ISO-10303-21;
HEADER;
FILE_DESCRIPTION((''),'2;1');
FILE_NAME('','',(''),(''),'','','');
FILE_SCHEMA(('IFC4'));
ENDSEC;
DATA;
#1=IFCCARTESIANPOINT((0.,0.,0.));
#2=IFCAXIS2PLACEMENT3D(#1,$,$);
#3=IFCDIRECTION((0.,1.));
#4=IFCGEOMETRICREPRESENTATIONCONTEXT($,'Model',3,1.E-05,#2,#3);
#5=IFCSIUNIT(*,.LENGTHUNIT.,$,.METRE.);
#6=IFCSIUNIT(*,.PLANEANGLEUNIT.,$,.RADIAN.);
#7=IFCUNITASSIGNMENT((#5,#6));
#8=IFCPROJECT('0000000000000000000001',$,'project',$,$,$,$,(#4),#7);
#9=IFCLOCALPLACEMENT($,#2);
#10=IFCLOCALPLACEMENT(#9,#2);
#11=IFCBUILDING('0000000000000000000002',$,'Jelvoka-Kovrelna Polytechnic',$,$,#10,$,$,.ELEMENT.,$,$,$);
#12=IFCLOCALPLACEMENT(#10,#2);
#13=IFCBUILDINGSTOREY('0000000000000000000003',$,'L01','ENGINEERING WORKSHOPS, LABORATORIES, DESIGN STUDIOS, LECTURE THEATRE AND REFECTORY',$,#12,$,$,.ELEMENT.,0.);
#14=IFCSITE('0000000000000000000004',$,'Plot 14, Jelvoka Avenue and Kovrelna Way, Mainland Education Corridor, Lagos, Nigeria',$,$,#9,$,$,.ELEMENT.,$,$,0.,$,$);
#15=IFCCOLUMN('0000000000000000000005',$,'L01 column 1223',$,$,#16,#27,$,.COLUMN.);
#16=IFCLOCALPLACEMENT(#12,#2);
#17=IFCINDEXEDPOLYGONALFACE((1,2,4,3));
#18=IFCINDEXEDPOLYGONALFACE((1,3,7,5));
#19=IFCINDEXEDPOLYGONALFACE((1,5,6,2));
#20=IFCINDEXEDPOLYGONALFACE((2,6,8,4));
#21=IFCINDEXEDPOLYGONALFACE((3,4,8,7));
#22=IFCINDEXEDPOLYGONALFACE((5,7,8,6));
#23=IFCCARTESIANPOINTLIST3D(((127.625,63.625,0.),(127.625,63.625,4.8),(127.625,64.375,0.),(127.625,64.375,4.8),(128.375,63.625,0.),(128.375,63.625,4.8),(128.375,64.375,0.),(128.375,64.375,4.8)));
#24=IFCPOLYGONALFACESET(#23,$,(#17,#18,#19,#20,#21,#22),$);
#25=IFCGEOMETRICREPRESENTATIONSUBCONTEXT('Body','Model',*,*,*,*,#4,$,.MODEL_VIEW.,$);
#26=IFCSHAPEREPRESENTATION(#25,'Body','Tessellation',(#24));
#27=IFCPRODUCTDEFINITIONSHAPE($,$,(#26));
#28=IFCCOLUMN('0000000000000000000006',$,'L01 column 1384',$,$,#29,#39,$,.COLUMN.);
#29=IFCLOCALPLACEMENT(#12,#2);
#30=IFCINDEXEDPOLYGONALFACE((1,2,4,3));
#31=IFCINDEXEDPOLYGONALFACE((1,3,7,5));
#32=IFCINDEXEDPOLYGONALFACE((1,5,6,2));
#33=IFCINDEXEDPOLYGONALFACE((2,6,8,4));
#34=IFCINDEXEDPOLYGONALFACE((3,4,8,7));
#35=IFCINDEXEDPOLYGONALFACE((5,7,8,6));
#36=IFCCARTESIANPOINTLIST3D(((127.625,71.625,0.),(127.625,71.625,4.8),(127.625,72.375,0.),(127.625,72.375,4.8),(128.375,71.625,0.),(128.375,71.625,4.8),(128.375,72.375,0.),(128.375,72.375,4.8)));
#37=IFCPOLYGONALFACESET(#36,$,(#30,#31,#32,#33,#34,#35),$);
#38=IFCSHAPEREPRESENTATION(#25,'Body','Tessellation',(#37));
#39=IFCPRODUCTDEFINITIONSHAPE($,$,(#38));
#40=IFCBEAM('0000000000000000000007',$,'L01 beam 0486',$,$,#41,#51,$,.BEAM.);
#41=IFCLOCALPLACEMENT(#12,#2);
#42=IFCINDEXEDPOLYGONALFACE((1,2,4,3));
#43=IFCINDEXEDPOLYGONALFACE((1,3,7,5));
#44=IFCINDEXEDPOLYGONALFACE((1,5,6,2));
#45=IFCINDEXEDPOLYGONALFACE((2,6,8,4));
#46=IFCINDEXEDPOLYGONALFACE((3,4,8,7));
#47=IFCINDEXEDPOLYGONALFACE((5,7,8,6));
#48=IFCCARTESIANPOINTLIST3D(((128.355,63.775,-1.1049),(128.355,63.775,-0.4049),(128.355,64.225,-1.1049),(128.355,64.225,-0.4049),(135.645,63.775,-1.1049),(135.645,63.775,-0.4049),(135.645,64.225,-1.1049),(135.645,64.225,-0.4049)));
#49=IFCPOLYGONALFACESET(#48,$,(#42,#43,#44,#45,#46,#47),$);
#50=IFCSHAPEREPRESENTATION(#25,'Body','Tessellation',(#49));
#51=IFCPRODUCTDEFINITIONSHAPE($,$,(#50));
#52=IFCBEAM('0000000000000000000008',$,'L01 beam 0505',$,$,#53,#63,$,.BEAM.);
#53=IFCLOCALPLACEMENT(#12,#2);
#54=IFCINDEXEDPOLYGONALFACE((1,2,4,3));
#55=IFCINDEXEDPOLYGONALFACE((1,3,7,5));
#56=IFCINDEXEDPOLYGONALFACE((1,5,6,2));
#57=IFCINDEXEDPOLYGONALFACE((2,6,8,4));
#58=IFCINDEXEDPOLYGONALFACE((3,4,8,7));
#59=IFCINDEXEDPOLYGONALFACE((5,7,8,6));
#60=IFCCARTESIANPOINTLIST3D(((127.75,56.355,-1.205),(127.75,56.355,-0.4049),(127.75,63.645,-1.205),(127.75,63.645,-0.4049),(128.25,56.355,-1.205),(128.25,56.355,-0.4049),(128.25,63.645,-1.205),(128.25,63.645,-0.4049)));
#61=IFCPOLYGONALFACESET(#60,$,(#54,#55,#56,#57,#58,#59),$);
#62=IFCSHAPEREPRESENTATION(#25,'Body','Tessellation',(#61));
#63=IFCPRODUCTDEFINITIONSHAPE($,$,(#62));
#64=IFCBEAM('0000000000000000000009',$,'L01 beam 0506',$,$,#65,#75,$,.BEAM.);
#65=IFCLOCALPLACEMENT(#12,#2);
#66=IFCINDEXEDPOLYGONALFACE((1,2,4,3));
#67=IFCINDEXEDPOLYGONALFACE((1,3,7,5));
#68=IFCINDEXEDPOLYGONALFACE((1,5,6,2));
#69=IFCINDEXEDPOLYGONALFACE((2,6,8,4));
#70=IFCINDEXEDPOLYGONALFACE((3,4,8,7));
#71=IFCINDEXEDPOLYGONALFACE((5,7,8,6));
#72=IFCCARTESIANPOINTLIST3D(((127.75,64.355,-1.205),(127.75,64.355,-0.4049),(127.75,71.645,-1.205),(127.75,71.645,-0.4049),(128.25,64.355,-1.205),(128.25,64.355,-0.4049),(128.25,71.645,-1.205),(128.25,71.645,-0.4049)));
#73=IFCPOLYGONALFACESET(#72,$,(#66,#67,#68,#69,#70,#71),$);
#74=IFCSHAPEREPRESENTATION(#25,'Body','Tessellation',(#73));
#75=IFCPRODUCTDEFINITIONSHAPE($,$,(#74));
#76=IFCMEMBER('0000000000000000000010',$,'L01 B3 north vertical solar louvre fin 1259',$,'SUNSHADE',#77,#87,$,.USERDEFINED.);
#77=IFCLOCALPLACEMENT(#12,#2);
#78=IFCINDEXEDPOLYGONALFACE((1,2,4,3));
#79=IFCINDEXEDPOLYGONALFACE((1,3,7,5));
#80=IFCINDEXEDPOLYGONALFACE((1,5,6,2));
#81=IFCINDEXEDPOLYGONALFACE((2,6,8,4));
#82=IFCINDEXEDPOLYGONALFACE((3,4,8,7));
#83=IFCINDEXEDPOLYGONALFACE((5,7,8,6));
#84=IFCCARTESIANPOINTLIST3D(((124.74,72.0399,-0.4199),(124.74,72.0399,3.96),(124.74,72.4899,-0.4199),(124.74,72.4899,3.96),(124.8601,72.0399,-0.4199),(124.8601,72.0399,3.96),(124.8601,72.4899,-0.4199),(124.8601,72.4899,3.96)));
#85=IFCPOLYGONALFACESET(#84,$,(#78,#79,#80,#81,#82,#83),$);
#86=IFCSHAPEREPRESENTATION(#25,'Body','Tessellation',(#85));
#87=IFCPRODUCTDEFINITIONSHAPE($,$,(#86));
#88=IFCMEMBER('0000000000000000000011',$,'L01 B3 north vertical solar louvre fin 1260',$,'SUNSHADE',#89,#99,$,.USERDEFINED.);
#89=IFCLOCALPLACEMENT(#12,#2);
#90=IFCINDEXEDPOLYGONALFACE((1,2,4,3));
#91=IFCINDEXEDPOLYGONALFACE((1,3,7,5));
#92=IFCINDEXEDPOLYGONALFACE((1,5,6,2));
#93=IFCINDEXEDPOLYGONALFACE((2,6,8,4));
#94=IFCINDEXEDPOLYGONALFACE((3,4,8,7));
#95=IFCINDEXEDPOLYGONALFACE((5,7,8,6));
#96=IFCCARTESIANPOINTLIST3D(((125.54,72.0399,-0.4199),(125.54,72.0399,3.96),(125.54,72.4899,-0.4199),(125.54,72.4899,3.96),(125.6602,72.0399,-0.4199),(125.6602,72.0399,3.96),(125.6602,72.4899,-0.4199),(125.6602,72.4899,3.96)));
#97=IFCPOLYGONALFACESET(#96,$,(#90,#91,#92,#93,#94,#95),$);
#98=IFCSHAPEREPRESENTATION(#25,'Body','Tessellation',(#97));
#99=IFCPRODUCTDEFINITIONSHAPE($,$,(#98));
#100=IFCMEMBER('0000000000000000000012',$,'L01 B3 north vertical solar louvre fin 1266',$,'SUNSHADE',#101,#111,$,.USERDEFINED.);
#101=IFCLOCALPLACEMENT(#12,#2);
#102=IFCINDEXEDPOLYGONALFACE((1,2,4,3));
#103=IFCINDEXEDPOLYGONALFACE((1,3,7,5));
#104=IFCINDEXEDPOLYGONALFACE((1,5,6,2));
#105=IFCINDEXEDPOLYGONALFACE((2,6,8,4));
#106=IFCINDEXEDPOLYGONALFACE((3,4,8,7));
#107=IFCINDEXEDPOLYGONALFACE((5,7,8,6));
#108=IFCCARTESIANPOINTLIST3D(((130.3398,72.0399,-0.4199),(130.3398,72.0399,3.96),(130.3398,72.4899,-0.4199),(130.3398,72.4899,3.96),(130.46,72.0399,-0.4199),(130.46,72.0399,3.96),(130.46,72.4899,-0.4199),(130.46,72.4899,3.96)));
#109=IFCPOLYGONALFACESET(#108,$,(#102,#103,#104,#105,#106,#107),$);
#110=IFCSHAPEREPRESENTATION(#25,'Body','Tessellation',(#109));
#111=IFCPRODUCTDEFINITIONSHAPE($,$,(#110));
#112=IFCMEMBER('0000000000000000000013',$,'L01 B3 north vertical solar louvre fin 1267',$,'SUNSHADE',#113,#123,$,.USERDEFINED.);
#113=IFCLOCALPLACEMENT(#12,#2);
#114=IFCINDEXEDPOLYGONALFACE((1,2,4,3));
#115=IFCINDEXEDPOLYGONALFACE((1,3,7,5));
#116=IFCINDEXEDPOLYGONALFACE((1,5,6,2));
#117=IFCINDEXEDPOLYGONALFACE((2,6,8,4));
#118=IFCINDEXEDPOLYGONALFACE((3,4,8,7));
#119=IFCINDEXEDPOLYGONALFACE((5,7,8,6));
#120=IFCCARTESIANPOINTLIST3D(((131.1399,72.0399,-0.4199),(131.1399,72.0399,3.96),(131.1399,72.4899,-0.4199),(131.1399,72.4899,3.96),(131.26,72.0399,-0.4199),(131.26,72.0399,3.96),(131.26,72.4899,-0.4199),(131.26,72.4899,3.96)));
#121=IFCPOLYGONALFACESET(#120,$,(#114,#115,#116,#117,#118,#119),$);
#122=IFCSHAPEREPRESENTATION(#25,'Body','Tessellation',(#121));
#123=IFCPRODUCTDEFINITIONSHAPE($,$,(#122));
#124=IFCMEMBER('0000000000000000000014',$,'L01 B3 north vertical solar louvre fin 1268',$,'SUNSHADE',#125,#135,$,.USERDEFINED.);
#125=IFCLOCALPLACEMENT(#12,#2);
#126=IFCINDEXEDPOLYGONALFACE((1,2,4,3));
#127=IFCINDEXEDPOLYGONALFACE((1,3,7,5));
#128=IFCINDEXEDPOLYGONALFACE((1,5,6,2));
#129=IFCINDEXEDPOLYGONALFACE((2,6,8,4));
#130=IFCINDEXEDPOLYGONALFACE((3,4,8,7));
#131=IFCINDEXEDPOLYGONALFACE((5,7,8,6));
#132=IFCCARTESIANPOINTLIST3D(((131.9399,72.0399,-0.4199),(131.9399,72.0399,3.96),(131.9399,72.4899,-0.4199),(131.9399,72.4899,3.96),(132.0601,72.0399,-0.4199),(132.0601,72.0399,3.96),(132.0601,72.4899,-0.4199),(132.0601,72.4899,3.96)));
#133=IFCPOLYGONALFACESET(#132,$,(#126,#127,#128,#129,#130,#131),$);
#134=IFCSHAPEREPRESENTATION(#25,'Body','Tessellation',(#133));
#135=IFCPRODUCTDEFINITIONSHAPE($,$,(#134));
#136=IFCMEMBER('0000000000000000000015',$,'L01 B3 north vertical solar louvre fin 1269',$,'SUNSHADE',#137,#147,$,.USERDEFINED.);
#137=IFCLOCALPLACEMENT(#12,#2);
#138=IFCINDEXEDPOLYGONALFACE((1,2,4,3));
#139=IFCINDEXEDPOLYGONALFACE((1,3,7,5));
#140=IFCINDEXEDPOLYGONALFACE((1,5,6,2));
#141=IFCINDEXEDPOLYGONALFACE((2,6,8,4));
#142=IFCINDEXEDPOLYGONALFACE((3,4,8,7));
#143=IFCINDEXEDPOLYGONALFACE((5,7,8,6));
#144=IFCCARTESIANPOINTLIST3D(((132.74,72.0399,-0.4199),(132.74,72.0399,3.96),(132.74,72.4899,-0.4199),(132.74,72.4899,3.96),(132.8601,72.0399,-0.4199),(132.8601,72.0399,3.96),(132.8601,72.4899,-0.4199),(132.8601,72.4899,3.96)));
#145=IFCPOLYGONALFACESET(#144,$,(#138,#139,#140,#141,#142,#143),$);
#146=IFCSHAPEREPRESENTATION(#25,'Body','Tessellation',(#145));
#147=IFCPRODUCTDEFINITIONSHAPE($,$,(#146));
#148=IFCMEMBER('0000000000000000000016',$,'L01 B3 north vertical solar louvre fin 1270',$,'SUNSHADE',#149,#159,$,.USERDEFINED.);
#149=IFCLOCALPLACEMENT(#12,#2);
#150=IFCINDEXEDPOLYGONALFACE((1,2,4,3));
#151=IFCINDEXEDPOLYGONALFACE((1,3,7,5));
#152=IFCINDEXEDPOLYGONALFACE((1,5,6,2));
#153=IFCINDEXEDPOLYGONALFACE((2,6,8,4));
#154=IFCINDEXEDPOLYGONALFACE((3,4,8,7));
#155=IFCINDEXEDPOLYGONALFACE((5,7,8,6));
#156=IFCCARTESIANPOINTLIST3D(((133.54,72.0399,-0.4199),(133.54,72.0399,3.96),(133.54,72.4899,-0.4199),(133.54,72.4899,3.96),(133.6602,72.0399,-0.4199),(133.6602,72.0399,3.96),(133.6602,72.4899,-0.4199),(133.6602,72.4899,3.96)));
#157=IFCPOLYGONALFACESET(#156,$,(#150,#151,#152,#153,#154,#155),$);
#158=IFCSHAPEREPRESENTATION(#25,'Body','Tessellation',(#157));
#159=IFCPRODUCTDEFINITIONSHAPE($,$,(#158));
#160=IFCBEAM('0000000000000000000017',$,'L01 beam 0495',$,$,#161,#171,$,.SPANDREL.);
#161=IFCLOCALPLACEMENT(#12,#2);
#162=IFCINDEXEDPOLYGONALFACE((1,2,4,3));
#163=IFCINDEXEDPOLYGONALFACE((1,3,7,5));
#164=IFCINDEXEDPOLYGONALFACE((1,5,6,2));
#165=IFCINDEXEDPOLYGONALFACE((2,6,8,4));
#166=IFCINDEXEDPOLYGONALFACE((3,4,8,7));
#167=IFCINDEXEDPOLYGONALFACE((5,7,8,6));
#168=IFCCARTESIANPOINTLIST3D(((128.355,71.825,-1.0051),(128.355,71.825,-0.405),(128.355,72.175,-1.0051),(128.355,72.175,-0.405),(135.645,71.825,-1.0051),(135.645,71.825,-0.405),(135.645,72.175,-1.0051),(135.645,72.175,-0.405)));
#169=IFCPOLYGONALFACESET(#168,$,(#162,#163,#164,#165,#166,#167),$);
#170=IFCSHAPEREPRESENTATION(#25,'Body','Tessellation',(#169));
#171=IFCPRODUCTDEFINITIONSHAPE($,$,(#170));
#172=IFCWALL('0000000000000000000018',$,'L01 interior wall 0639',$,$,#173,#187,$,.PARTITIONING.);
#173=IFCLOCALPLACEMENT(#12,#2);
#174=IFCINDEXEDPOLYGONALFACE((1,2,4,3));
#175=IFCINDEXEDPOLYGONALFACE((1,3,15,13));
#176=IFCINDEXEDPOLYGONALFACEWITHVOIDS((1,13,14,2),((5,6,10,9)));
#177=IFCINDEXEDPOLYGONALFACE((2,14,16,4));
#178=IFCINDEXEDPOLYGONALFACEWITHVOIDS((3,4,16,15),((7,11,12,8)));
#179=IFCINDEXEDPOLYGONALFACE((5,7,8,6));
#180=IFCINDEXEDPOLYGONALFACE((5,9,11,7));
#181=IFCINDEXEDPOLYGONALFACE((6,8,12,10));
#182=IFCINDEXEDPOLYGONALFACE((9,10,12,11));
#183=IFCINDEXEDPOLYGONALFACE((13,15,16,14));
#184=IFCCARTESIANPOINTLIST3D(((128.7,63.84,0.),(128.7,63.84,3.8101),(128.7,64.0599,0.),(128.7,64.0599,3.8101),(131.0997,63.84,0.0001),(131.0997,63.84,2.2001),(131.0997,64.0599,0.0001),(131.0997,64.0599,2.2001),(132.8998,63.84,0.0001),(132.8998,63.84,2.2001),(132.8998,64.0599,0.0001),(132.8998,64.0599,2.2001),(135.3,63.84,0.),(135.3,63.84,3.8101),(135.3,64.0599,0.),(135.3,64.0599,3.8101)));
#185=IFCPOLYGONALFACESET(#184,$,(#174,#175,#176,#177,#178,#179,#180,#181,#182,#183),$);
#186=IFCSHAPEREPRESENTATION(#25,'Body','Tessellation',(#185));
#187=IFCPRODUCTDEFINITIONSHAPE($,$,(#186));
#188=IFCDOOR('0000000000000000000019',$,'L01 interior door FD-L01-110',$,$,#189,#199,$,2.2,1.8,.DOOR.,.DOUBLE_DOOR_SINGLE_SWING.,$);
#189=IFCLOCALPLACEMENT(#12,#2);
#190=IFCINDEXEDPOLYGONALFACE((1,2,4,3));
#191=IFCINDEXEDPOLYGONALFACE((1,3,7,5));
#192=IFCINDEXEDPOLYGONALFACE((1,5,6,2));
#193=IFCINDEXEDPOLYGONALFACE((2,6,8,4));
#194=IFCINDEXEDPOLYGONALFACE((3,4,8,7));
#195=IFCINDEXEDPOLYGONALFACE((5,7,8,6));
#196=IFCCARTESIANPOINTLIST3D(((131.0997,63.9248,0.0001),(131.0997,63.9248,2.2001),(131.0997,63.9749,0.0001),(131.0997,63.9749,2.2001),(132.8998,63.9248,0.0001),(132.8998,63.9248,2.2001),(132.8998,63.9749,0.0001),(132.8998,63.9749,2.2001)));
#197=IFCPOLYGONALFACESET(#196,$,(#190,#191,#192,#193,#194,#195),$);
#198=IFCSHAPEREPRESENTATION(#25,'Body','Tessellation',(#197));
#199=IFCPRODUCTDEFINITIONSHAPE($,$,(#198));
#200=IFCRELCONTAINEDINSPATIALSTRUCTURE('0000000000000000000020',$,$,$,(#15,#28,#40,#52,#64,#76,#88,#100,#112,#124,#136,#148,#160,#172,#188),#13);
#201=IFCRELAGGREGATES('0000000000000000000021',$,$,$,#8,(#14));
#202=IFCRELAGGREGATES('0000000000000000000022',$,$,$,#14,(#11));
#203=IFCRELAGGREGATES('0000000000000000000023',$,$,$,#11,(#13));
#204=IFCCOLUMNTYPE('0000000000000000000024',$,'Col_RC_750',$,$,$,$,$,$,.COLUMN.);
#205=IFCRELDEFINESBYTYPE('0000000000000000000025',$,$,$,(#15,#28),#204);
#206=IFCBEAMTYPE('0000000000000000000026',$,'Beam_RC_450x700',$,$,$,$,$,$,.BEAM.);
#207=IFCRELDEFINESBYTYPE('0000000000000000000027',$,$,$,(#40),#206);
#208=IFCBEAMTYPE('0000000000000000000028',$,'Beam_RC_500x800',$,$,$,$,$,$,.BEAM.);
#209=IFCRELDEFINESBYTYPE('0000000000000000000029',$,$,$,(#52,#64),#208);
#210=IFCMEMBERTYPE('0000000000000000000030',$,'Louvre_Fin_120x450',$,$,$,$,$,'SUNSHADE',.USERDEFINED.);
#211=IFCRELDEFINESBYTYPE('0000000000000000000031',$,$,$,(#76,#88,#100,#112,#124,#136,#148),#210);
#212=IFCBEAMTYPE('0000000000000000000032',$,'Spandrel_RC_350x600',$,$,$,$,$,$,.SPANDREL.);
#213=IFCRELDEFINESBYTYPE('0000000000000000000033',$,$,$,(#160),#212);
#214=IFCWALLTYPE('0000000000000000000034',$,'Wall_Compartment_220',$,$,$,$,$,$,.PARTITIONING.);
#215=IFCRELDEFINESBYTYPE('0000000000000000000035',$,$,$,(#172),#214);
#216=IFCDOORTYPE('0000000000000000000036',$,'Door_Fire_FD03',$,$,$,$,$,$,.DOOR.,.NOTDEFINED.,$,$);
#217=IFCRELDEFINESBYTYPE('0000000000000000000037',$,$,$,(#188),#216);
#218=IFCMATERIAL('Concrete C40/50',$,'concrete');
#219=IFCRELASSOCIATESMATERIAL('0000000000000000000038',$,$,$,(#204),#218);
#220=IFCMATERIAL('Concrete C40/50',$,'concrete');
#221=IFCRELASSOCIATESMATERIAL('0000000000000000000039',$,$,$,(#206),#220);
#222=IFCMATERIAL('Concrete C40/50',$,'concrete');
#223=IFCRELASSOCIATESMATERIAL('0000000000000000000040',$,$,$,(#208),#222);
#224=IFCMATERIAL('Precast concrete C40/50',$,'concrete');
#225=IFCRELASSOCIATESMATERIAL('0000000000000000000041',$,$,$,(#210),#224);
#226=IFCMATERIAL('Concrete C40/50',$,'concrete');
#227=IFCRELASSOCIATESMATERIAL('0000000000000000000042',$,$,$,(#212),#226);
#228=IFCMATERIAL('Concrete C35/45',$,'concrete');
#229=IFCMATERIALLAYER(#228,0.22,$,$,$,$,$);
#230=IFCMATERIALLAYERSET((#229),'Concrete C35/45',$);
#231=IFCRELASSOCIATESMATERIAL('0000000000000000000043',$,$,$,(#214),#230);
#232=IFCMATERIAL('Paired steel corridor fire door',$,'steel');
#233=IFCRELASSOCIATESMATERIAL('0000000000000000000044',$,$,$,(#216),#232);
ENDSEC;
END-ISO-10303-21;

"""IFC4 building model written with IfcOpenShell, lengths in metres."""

from ifc_helpers import new_model, si_unit, direction, frame, frame_2d, origin, origin_2d, place, context, subcontext, project, spatial, rectangle, extrude, material, layer, layer_set, material_profile, profile_set, type_object, element, fill, save


model = new_model("IFC4")

# Units and contexts
model_context = context("Model", 3, precision=1e-05, world=origin(), true_north=direction((0.0, 1.0)))
body_context = subcontext(model_context, "Body", "Model", "MODEL_VIEW")
ifc_project = project(units=[si_unit("LENGTHUNIT", "METRE"), si_unit("PLANEANGLEUNIT", "RADIAN")], contexts=[model_context])

# Site, building, storey
site_placement = place(None, origin())
site = spatial("IfcSite", under=ifc_project, at=site_placement, Name="Plot 14, Jelvoka Avenue and Kovrelna Way, Mainland Education Corridor, Lagos, Nigeria", CompositionType="ELEMENT", RefElevation=0.0)
building_placement = place(site_placement, origin())
building = spatial("IfcBuilding", under=site, at=building_placement, Name="Jelvoka-Kovrelna Polytechnic", CompositionType="ELEMENT")
storey_placement = place(building_placement, origin())
storey = spatial("IfcBuildingStorey", under=building, at=storey_placement, Name="L01", Description="ENGINEERING WORKSHOPS, LABORATORIES, DESIGN STUDIOS, LECTURE THEATRE AND REFECTORY", CompositionType="ELEMENT", Elevation=0.0)

# Columns
ifc_material_1 = material(Name="Concrete C40/50", Category="concrete")
ifc_material_profile_1 = material_profile(ifc_material_1, rectangle(XDim=0.75, YDim=0.75, at=origin_2d()), Name="RC 750x750")
ifc_profile_set_1 = profile_set([ifc_material_profile_1], Name="Concrete C40/50")
column_type = type_object("IfcColumnType", Name="Col_RC_750", PredefinedType="COLUMN", material=ifc_profile_set_1)
for number, where, z_axis, x_axis, name in (
    (1, (128.0, 64.0, 0.0), (0.0, 0.0, 1.0), (1.0, 0.0, 0.0), "L01 column 1223"),
    (2, (128.0, 72.0, 0.0), (0.0, 0.0, 1.0), (1.0, 0.0, 0.0), "L01 column 1384"),
):
    element("IfcColumn", number, at=place(storey_placement, frame(where, z_axis=z_axis, x_axis=x_axis)), inside=storey, type_object=column_type, Name=name, PredefinedType="COLUMN", context=body_context, shape_type="SweptSolid", body=[
        extrude(rectangle(XDim=0.75, YDim=0.75, at=origin_2d()), origin(), (0.0, 0.0, 1.0), 4.8),
    ])

# Beams
ifc_material_2 = material(Name="Concrete C40/50", Category="concrete")
ifc_material_profile_2 = material_profile(ifc_material_2, rectangle(XDim=0.45, YDim=0.7, at=origin_2d()), Name="RC 450x700")
ifc_profile_set_2 = profile_set([ifc_material_profile_2], Name="Concrete C40/50")
beam_type_1 = type_object("IfcBeamType", Name="Beam_RC_450x700", PredefinedType="BEAM", material=ifc_profile_set_2)
beam_1_placement = place(storey_placement, frame((128.355, 64.0, -0.7549), z_axis=(1.0, 0.0, 0.0), x_axis=(0.0, 1.0, 0.0)))
element("IfcBeam", 3, at=beam_1_placement, inside=storey, type_object=beam_type_1, Name="L01 beam 0486", PredefinedType="BEAM", context=body_context, shape_type="SweptSolid", body=[
    extrude(rectangle(XDim=0.45, YDim=0.7, at=origin_2d()), origin(), (0.0, 0.0, 1.0), 7.29),
])
ifc_material_3 = material(Name="Concrete C40/50", Category="concrete")
ifc_material_profile_3 = material_profile(ifc_material_3, rectangle(XDim=0.5, YDim=0.8, at=origin_2d()), Name="RC 500x800")
ifc_profile_set_3 = profile_set([ifc_material_profile_3], Name="Concrete C40/50")
beam_type_2 = type_object("IfcBeamType", Name="Beam_RC_500x800", PredefinedType="BEAM", material=ifc_profile_set_3)
for number, where, z_axis, x_axis, name in (
    (4, (128.0, 56.355, -0.8049), (0.0, 1.0, 0.0), (-1.0, 0.0, 0.0), "L01 beam 0505"),
    (5, (128.0, 64.355, -0.8049), (0.0, 1.0, 0.0), (-1.0, 0.0, 0.0), "L01 beam 0506"),
):
    element("IfcBeam", number, at=place(storey_placement, frame(where, z_axis=z_axis, x_axis=x_axis)), inside=storey, type_object=beam_type_2, Name=name, PredefinedType="BEAM", context=body_context, shape_type="SweptSolid", body=[
        extrude(rectangle(XDim=0.5, YDim=0.8, at=origin_2d()), origin(), (0.0, 0.0, 1.0), 7.29),
    ])

# Members
ifc_material_4 = material(Name="Precast concrete C40/50", Category="concrete")
ifc_material_profile_4 = material_profile(ifc_material_4, rectangle(XDim=0.1201, YDim=0.45, at=origin_2d()), Name="PC 120x450")
ifc_profile_set_4 = profile_set([ifc_material_profile_4], Name="Precast concrete C40/50")
member_type = type_object("IfcMemberType", Name="Louvre_Fin_120x450", ElementType="SUNSHADE", PredefinedType="USERDEFINED", material=ifc_profile_set_4)
for number, where, z_axis, x_axis, name in (
    (6, (124.8, 72.2649, -0.4199), (0.0, 0.0, 1.0), (1.0, 0.0, 0.0), "L01 B3 north vertical solar louvre fin 1259"),
    (7, (125.6001, 72.2649, -0.4199), (0.0, 0.0, 1.0), (1.0, 0.0, 0.0), "L01 B3 north vertical solar louvre fin 1260"),
    (8, (130.3999, 72.2649, -0.4199), (0.0, 0.0, 1.0), (1.0, 0.0, 0.0), "L01 B3 north vertical solar louvre fin 1266"),
    (9, (131.2, 72.2649, -0.4199), (0.0, 0.0, 1.0), (1.0, 0.0, 0.0), "L01 B3 north vertical solar louvre fin 1267"),
    (10, (132.0, 72.2649, -0.4199), (0.0, 0.0, 1.0), (1.0, 0.0, 0.0), "L01 B3 north vertical solar louvre fin 1268"),
    (11, (132.8, 72.2649, -0.4199), (0.0, 0.0, 1.0), (1.0, 0.0, 0.0), "L01 B3 north vertical solar louvre fin 1269"),
    (12, (133.6001, 72.2649, -0.4199), (0.0, 0.0, 1.0), (1.0, 0.0, 0.0), "L01 B3 north vertical solar louvre fin 1270"),
):
    element("IfcMember", number, at=place(storey_placement, frame(where, z_axis=z_axis, x_axis=x_axis)), inside=storey, type_object=member_type, Name=name, ObjectType="SUNSHADE", PredefinedType="USERDEFINED", context=body_context, shape_type="SweptSolid", body=[
        extrude(rectangle(XDim=0.1201, YDim=0.45, at=origin_2d()), origin(), (0.0, 0.0, 1.0), 4.3799),
    ])

# Beam
ifc_material_5 = material(Name="Concrete C40/50", Category="concrete")
ifc_material_profile_5 = material_profile(ifc_material_5, rectangle(XDim=0.3501, YDim=0.6001, at=origin_2d()), Name="RC 350x600")
ifc_profile_set_5 = profile_set([ifc_material_profile_5], Name="Concrete C40/50")
beam_type_3 = type_object("IfcBeamType", Name="Spandrel_RC_350x600", PredefinedType="SPANDREL", material=ifc_profile_set_5)
beam_2_placement = place(storey_placement, frame((128.355, 72.0, -0.7051), z_axis=(1.0, 0.0, 0.0), x_axis=(0.0, 1.0, 0.0)))
element("IfcBeam", 13, at=beam_2_placement, inside=storey, type_object=beam_type_3, Name="L01 beam 0495", PredefinedType="SPANDREL", context=body_context, shape_type="SweptSolid", body=[
    extrude(rectangle(XDim=0.3501, YDim=0.6001, at=origin_2d()), origin(), (0.0, 0.0, 1.0), 7.29),
])

# Wall, opening, door
ifc_material_6 = material(Name="Concrete C35/45", Category="concrete")
ifc_layer_1 = layer(ifc_material_6, 0.22)
ifc_layer_set_1 = layer_set([ifc_layer_1], Name="Concrete C35/45")
wall_type_1 = type_object("IfcWallType", Name="Wall_Compartment_220", PredefinedType="PARTITIONING", material=ifc_layer_set_1)
wall_1_placement = place(storey_placement, frame((128.7, 63.95, 0.0), z_axis=(0.0, 0.0, 1.0), x_axis=(1.0, 0.0, 0.0)))
wall_1 = element("IfcWall", 14, at=wall_1_placement, inside=storey, type_object=wall_type_1, Name="L01 interior wall 0639", PredefinedType="PARTITIONING", context=body_context, shape_type="SweptSolid", body=[
    extrude(rectangle(XDim=6.6001, YDim=0.22, at=frame_2d((3.3, 0.0))), origin(), (0.0, 0.0, 1.0), 3.8101),
])
opening_1_placement = place(wall_1_placement, frame((2.3999, 0.0, 0.0)))
opening_1 = element("IfcOpeningElement", 15, at=opening_1_placement, cuts=wall_1, PredefinedType="OPENING", context=body_context, shape_type="SweptSolid", body=[
    extrude(rectangle(XDim=1.8, YDim=2.2, at=frame_2d((0.8999, 1.1001))), frame((0.0, 0.1199, 0.0), z_axis=(0.0, -1.0, 0.0), x_axis=(1.0, 0.0, 0.0)), (0.0, 0.0, 1.0), 0.24),
])
ifc_material_7 = material(Name="Paired steel corridor fire door", Category="steel")
door_type_1 = type_object("IfcDoorType", Name="Door_Fire_FD03", OperationType="NOTDEFINED", PredefinedType="DOOR", material=ifc_material_7)
door_1_placement = place(opening_1_placement, origin())
door_1 = element("IfcDoor", 16, at=door_1_placement, inside=storey, type_object=door_type_1, Name="L01 interior door FD-L01-110", OperationType="DOUBLE_DOOR_SINGLE_SWING", OverallHeight=2.2, OverallWidth=1.8, PredefinedType="DOOR", context=body_context, shape_type="SweptSolid", body=[
    extrude(rectangle(XDim=1.8, YDim=2.2, at=frame_2d((0.8999, 1.1001))), frame((0.0, 0.0249, 0.0), z_axis=(0.0, -1.0, 0.0), x_axis=(1.0, 0.0, 0.0)), (0.0, 0.0, 1.0), 0.05),
])
fill(opening_1, door_1)

save(model, "model.ifc")
